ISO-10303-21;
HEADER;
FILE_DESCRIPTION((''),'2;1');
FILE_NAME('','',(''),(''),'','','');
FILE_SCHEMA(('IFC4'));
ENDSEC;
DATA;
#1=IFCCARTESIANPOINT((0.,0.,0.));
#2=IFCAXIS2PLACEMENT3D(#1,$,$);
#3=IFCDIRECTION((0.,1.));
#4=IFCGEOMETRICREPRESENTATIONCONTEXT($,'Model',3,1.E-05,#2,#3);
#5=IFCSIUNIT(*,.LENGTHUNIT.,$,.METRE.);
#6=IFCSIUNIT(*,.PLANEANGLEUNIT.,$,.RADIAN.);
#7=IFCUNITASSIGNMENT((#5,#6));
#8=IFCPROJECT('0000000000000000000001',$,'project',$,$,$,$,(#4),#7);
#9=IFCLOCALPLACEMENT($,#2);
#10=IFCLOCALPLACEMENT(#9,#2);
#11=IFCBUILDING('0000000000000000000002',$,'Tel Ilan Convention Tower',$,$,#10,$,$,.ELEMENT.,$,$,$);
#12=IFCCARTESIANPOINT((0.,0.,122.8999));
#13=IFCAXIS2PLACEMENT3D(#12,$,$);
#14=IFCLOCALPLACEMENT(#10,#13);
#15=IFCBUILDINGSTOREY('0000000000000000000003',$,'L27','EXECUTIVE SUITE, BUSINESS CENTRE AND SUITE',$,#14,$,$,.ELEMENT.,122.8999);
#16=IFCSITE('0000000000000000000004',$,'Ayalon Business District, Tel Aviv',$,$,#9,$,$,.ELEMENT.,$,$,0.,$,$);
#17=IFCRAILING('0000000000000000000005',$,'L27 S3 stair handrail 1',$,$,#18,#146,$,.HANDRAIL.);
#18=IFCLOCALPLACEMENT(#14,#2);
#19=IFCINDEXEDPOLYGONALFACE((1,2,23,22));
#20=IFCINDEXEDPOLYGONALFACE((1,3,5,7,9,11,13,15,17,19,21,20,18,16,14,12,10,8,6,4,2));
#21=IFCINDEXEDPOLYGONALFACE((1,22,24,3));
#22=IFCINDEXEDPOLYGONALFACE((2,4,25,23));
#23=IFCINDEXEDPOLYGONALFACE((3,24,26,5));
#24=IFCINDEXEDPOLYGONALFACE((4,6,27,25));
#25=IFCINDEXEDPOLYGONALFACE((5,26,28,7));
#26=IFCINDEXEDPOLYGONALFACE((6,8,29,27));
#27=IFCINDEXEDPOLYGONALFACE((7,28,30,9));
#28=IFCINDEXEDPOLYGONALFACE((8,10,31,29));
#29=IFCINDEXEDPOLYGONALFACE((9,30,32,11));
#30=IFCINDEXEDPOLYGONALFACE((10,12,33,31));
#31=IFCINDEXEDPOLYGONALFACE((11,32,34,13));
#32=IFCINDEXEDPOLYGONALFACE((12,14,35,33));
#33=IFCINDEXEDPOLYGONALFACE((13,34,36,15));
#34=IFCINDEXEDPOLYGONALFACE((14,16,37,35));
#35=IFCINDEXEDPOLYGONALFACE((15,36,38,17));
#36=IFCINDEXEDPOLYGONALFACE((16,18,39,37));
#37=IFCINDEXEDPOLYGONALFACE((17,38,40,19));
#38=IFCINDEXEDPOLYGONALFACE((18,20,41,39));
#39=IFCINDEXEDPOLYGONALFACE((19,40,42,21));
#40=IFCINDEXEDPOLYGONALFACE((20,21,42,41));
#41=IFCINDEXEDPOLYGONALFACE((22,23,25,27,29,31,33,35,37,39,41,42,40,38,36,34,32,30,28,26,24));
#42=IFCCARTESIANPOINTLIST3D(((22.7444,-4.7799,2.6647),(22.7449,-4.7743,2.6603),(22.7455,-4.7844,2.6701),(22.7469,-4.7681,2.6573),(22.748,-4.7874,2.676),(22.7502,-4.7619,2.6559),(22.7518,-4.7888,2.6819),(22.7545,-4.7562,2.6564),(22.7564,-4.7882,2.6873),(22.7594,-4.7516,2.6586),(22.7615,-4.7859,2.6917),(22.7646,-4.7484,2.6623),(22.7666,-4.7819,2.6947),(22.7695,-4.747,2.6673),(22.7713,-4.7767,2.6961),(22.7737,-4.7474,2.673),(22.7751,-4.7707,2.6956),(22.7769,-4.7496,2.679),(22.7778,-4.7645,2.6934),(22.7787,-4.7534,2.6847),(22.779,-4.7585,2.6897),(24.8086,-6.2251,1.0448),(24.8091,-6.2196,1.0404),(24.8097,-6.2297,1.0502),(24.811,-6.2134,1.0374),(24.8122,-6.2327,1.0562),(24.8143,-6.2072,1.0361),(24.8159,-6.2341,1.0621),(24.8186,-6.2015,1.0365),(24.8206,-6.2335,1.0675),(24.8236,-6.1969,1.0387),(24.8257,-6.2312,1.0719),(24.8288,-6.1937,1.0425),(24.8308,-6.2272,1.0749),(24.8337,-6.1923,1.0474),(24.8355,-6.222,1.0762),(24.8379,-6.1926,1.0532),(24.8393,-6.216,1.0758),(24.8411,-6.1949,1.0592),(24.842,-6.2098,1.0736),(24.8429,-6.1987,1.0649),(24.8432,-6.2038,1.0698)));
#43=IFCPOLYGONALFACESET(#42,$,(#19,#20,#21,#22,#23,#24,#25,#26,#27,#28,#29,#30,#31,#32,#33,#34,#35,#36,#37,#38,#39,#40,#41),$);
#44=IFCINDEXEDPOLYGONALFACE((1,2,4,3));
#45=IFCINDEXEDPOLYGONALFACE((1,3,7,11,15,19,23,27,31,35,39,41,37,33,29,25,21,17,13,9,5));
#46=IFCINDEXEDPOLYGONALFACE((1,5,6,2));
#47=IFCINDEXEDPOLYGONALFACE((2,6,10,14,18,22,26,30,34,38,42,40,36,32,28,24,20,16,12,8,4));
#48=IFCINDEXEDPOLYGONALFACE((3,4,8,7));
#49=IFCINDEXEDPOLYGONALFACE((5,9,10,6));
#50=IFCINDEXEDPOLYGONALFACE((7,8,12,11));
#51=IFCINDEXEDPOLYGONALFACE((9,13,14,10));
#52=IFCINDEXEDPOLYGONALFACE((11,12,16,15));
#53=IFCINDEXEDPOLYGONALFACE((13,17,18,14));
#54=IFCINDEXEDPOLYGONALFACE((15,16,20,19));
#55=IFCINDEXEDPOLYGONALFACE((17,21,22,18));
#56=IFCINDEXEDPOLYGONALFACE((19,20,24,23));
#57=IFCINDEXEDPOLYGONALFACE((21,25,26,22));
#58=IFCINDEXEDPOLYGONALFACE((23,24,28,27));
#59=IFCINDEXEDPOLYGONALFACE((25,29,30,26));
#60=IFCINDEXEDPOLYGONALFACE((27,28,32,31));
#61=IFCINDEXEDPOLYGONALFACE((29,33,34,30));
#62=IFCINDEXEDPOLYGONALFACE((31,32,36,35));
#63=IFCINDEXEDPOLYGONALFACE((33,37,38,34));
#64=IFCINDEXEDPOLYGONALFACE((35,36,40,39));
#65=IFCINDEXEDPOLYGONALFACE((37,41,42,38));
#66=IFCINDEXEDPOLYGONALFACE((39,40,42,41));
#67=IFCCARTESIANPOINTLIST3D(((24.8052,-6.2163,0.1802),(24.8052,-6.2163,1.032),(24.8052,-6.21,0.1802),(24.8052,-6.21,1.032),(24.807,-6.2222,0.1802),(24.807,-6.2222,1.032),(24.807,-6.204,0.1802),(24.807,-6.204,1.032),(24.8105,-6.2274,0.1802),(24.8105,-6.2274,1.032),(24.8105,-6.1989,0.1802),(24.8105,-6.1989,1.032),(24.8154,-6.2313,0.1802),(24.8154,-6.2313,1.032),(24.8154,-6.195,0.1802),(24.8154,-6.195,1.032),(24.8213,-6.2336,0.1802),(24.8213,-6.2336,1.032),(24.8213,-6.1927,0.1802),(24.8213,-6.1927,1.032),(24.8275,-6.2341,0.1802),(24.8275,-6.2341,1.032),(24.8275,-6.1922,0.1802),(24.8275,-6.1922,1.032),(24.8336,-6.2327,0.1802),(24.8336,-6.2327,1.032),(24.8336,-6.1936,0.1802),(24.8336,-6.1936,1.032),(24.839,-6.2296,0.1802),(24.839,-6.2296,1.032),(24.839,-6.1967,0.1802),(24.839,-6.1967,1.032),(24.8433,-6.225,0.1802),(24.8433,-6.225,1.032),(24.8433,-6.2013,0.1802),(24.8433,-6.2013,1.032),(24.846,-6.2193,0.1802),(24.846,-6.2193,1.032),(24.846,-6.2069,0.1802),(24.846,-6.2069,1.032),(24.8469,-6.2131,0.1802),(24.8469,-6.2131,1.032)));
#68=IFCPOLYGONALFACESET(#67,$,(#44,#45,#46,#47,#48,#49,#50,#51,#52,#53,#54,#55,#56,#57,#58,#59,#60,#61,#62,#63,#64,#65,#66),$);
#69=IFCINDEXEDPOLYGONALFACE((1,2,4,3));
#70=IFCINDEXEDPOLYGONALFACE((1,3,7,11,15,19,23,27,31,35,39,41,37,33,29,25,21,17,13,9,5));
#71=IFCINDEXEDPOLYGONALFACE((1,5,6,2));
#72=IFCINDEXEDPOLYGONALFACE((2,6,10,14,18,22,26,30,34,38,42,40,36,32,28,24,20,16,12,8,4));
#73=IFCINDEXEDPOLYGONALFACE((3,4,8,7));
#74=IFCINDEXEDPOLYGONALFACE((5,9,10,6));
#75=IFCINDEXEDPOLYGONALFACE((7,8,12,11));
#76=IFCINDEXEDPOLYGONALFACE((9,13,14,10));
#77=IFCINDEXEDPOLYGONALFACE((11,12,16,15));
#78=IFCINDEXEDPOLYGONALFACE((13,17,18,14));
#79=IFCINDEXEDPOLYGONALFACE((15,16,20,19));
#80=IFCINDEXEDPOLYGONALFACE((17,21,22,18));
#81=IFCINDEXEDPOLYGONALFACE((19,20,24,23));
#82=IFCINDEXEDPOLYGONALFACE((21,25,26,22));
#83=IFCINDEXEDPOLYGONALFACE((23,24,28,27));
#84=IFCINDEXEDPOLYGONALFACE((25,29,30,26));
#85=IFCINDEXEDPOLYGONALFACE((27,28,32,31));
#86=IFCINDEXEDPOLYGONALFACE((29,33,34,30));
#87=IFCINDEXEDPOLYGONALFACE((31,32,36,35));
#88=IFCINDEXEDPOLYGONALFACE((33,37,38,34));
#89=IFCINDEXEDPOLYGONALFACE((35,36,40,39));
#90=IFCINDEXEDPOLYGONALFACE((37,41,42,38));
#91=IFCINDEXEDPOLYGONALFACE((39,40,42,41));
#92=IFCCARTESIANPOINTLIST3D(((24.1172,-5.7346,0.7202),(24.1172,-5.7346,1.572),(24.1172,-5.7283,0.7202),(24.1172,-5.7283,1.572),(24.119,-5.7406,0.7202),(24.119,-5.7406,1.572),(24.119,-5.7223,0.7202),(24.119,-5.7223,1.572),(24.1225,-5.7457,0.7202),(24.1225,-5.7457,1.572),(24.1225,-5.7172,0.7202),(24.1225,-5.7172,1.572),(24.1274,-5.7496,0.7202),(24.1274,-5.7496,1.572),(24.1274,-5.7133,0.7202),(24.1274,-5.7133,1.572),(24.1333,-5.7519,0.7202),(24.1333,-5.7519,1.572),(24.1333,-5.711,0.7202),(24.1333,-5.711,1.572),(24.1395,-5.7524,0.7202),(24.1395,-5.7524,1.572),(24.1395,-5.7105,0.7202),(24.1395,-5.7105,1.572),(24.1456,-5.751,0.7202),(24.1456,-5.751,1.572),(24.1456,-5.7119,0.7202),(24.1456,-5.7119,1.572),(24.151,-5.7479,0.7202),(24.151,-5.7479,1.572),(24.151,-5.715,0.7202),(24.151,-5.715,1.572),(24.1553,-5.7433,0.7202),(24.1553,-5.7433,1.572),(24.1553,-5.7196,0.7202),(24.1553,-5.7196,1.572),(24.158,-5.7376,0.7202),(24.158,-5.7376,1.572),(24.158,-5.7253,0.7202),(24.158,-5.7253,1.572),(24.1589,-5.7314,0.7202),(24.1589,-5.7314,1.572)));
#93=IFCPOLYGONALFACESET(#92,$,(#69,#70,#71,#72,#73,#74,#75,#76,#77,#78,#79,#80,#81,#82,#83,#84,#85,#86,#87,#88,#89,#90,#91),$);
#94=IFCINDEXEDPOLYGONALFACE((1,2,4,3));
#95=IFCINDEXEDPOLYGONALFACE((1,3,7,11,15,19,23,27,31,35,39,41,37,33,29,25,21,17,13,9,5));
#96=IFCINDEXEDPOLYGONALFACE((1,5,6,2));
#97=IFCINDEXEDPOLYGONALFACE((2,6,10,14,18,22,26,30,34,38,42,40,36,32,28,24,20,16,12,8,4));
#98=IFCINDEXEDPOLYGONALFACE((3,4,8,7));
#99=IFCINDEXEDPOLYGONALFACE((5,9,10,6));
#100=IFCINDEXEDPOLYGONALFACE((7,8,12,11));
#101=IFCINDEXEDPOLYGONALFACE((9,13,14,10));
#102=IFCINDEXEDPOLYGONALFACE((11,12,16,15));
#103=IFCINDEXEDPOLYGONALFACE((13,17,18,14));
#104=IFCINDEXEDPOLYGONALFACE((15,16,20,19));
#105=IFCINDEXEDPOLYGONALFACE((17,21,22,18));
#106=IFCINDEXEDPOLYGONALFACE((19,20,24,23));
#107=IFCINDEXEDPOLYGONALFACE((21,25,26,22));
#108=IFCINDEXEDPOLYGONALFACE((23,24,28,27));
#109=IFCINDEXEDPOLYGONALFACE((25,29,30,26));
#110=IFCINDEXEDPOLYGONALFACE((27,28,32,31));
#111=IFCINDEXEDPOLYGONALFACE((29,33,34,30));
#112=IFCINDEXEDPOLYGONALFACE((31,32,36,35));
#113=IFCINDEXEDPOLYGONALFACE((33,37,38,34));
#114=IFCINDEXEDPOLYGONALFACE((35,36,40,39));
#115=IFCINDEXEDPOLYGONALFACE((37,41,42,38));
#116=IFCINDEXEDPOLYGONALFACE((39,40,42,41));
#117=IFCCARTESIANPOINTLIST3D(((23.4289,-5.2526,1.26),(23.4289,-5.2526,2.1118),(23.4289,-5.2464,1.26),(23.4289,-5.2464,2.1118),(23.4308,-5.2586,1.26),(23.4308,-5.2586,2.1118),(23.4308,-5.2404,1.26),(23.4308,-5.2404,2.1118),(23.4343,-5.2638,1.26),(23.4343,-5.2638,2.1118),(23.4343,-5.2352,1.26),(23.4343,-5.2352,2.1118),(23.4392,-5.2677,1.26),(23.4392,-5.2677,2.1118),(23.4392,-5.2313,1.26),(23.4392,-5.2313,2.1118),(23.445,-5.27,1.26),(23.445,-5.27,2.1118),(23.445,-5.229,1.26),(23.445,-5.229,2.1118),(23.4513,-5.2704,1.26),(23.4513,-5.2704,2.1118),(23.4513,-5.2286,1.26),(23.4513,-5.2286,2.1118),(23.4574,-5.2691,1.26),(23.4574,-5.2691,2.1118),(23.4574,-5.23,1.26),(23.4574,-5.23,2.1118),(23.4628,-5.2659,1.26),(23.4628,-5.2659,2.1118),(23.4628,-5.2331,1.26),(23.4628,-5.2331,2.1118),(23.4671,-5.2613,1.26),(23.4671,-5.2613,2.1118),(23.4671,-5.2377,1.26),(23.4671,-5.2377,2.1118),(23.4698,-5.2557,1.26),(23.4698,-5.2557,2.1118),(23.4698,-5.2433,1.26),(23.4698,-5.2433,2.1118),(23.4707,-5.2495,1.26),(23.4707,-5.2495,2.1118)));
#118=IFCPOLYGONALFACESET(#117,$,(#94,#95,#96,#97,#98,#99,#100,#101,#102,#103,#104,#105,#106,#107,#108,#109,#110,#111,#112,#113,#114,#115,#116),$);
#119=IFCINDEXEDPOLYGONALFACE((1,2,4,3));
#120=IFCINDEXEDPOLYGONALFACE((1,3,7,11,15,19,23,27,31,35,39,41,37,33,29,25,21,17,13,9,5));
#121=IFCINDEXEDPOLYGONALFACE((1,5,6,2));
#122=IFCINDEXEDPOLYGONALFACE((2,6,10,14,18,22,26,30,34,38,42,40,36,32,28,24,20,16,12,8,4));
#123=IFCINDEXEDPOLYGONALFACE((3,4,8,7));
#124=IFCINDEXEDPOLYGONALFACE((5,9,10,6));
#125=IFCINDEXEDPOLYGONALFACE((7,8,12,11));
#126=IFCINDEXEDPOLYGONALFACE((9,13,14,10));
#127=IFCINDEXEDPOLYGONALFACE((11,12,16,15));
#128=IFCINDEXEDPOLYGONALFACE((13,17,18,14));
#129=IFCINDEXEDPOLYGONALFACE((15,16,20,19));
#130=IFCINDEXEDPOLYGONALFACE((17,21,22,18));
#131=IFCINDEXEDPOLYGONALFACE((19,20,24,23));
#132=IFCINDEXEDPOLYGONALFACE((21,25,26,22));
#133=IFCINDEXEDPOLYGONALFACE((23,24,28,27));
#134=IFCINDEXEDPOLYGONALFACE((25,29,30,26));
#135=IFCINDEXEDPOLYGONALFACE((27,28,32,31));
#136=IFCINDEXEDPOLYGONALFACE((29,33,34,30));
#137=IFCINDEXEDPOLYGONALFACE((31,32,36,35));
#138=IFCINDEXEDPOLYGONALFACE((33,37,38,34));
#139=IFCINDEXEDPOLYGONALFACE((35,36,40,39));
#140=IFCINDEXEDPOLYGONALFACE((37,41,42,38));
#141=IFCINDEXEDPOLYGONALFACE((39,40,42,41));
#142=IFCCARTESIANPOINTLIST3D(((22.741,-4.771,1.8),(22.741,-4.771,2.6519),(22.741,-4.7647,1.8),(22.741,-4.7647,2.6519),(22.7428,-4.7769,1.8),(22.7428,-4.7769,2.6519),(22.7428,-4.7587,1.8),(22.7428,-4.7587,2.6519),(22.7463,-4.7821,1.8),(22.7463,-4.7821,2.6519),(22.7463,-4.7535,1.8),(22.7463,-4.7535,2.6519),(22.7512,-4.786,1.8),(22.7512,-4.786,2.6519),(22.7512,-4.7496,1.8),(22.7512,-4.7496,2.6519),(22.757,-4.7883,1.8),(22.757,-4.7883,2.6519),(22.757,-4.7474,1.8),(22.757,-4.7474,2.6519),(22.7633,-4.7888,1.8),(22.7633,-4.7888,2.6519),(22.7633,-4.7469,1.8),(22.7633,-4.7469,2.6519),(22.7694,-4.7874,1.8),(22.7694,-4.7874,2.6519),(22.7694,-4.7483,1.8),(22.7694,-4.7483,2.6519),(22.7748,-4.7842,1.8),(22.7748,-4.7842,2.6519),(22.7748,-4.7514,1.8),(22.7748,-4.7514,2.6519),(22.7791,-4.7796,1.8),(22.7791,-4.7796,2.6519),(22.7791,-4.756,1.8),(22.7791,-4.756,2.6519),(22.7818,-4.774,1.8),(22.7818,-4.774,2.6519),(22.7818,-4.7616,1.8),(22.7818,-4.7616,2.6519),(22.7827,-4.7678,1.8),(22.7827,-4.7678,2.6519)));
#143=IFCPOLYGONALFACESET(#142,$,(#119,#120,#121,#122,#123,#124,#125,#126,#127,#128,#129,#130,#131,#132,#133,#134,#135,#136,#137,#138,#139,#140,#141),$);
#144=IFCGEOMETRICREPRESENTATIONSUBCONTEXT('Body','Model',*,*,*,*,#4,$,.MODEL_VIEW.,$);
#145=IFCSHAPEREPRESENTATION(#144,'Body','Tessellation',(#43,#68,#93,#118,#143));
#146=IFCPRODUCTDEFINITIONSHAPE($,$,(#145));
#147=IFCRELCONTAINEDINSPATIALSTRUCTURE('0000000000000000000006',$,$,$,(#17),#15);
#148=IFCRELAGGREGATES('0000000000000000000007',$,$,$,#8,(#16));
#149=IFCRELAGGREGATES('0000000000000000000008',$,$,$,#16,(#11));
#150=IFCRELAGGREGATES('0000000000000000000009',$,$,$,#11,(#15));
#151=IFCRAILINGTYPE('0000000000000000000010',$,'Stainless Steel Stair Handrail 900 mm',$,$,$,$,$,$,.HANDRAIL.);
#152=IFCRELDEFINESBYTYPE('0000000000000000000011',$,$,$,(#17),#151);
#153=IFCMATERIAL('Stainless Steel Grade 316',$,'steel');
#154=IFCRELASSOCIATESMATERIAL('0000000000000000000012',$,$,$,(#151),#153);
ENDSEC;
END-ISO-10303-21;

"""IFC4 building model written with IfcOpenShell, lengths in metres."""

from ifc_helpers import new_model, si_unit, direction, frame, origin, origin_2d, place, context, subcontext, project, spatial, circle, extrude, material, type_object, element, save


model = new_model("IFC4")

# Units and contexts
model_context = context("Model", 3, precision=1e-05, world=origin(), true_north=direction((0.0, 1.0)))
body_context = subcontext(model_context, "Body", "Model", "MODEL_VIEW")
ifc_project = project(units=[si_unit("LENGTHUNIT", "METRE"), si_unit("PLANEANGLEUNIT", "RADIAN")], contexts=[model_context])

# Site, building, storey
site_placement = place(None, origin())
site = spatial("IfcSite", under=ifc_project, at=site_placement, Name="Ayalon Business District, Tel Aviv", CompositionType="ELEMENT", RefElevation=0.0)
building_placement = place(site_placement, origin())
building = spatial("IfcBuilding", under=site, at=building_placement, Name="Tel Ilan Convention Tower", CompositionType="ELEMENT")
storey_placement = place(building_placement, frame((0.0, 0.0, 122.8999)))
storey = spatial("IfcBuildingStorey", under=building, at=storey_placement, Name="L27", Description="EXECUTIVE SUITE, BUSINESS CENTRE AND SUITE", CompositionType="ELEMENT", Elevation=122.8999)

# Railing
ifc_material_1 = material(Name="Stainless Steel Grade 316", Category="steel")
railing_type_1 = type_object("IfcRailingType", Name="Stainless Steel Stair Handrail 900 mm", PredefinedType="HANDRAIL", material=ifc_material_1)
railing_1_placement = place(storey_placement, frame((24.8259, -6.2131, 0.1802)))
element("IfcRailing", 1, at=railing_1_placement, inside=storey, type_object=railing_type_1, Name="L27 S3 stair handrail 1", PredefinedType="HANDRAIL", context=body_context, shape_type="SweptSolid", body=[
    extrude(circle(Radius=0.0239, at=origin_2d()), frame((0.0, 0.0, 0.876), z_axis=(-0.68907, 0.482472, 0.540743), x_axis=(-0.57356, -0.819164, 0.0)), (0.0, 0.0, 1.0), 2.9956),
    extrude(circle(Radius=0.021, at=origin_2d()), origin(), (0.0, 0.0, 1.0), 0.8518),
    extrude(circle(Radius=0.021, at=origin_2d()), frame((-0.688, 0.4817, 0.54)), (0.0, 0.0, 1.0), 0.8518),
    extrude(circle(Radius=0.021, at=origin_2d()), frame((-1.3762, 0.9636, 1.0798)), (0.0, 0.0, 1.0), 0.8518),
    extrude(circle(Radius=0.021, at=origin_2d()), frame((-2.0642, 1.4453, 1.6199)), (0.0, 0.0, 1.0), 0.8518),
])

save(model, "model.ifc")
